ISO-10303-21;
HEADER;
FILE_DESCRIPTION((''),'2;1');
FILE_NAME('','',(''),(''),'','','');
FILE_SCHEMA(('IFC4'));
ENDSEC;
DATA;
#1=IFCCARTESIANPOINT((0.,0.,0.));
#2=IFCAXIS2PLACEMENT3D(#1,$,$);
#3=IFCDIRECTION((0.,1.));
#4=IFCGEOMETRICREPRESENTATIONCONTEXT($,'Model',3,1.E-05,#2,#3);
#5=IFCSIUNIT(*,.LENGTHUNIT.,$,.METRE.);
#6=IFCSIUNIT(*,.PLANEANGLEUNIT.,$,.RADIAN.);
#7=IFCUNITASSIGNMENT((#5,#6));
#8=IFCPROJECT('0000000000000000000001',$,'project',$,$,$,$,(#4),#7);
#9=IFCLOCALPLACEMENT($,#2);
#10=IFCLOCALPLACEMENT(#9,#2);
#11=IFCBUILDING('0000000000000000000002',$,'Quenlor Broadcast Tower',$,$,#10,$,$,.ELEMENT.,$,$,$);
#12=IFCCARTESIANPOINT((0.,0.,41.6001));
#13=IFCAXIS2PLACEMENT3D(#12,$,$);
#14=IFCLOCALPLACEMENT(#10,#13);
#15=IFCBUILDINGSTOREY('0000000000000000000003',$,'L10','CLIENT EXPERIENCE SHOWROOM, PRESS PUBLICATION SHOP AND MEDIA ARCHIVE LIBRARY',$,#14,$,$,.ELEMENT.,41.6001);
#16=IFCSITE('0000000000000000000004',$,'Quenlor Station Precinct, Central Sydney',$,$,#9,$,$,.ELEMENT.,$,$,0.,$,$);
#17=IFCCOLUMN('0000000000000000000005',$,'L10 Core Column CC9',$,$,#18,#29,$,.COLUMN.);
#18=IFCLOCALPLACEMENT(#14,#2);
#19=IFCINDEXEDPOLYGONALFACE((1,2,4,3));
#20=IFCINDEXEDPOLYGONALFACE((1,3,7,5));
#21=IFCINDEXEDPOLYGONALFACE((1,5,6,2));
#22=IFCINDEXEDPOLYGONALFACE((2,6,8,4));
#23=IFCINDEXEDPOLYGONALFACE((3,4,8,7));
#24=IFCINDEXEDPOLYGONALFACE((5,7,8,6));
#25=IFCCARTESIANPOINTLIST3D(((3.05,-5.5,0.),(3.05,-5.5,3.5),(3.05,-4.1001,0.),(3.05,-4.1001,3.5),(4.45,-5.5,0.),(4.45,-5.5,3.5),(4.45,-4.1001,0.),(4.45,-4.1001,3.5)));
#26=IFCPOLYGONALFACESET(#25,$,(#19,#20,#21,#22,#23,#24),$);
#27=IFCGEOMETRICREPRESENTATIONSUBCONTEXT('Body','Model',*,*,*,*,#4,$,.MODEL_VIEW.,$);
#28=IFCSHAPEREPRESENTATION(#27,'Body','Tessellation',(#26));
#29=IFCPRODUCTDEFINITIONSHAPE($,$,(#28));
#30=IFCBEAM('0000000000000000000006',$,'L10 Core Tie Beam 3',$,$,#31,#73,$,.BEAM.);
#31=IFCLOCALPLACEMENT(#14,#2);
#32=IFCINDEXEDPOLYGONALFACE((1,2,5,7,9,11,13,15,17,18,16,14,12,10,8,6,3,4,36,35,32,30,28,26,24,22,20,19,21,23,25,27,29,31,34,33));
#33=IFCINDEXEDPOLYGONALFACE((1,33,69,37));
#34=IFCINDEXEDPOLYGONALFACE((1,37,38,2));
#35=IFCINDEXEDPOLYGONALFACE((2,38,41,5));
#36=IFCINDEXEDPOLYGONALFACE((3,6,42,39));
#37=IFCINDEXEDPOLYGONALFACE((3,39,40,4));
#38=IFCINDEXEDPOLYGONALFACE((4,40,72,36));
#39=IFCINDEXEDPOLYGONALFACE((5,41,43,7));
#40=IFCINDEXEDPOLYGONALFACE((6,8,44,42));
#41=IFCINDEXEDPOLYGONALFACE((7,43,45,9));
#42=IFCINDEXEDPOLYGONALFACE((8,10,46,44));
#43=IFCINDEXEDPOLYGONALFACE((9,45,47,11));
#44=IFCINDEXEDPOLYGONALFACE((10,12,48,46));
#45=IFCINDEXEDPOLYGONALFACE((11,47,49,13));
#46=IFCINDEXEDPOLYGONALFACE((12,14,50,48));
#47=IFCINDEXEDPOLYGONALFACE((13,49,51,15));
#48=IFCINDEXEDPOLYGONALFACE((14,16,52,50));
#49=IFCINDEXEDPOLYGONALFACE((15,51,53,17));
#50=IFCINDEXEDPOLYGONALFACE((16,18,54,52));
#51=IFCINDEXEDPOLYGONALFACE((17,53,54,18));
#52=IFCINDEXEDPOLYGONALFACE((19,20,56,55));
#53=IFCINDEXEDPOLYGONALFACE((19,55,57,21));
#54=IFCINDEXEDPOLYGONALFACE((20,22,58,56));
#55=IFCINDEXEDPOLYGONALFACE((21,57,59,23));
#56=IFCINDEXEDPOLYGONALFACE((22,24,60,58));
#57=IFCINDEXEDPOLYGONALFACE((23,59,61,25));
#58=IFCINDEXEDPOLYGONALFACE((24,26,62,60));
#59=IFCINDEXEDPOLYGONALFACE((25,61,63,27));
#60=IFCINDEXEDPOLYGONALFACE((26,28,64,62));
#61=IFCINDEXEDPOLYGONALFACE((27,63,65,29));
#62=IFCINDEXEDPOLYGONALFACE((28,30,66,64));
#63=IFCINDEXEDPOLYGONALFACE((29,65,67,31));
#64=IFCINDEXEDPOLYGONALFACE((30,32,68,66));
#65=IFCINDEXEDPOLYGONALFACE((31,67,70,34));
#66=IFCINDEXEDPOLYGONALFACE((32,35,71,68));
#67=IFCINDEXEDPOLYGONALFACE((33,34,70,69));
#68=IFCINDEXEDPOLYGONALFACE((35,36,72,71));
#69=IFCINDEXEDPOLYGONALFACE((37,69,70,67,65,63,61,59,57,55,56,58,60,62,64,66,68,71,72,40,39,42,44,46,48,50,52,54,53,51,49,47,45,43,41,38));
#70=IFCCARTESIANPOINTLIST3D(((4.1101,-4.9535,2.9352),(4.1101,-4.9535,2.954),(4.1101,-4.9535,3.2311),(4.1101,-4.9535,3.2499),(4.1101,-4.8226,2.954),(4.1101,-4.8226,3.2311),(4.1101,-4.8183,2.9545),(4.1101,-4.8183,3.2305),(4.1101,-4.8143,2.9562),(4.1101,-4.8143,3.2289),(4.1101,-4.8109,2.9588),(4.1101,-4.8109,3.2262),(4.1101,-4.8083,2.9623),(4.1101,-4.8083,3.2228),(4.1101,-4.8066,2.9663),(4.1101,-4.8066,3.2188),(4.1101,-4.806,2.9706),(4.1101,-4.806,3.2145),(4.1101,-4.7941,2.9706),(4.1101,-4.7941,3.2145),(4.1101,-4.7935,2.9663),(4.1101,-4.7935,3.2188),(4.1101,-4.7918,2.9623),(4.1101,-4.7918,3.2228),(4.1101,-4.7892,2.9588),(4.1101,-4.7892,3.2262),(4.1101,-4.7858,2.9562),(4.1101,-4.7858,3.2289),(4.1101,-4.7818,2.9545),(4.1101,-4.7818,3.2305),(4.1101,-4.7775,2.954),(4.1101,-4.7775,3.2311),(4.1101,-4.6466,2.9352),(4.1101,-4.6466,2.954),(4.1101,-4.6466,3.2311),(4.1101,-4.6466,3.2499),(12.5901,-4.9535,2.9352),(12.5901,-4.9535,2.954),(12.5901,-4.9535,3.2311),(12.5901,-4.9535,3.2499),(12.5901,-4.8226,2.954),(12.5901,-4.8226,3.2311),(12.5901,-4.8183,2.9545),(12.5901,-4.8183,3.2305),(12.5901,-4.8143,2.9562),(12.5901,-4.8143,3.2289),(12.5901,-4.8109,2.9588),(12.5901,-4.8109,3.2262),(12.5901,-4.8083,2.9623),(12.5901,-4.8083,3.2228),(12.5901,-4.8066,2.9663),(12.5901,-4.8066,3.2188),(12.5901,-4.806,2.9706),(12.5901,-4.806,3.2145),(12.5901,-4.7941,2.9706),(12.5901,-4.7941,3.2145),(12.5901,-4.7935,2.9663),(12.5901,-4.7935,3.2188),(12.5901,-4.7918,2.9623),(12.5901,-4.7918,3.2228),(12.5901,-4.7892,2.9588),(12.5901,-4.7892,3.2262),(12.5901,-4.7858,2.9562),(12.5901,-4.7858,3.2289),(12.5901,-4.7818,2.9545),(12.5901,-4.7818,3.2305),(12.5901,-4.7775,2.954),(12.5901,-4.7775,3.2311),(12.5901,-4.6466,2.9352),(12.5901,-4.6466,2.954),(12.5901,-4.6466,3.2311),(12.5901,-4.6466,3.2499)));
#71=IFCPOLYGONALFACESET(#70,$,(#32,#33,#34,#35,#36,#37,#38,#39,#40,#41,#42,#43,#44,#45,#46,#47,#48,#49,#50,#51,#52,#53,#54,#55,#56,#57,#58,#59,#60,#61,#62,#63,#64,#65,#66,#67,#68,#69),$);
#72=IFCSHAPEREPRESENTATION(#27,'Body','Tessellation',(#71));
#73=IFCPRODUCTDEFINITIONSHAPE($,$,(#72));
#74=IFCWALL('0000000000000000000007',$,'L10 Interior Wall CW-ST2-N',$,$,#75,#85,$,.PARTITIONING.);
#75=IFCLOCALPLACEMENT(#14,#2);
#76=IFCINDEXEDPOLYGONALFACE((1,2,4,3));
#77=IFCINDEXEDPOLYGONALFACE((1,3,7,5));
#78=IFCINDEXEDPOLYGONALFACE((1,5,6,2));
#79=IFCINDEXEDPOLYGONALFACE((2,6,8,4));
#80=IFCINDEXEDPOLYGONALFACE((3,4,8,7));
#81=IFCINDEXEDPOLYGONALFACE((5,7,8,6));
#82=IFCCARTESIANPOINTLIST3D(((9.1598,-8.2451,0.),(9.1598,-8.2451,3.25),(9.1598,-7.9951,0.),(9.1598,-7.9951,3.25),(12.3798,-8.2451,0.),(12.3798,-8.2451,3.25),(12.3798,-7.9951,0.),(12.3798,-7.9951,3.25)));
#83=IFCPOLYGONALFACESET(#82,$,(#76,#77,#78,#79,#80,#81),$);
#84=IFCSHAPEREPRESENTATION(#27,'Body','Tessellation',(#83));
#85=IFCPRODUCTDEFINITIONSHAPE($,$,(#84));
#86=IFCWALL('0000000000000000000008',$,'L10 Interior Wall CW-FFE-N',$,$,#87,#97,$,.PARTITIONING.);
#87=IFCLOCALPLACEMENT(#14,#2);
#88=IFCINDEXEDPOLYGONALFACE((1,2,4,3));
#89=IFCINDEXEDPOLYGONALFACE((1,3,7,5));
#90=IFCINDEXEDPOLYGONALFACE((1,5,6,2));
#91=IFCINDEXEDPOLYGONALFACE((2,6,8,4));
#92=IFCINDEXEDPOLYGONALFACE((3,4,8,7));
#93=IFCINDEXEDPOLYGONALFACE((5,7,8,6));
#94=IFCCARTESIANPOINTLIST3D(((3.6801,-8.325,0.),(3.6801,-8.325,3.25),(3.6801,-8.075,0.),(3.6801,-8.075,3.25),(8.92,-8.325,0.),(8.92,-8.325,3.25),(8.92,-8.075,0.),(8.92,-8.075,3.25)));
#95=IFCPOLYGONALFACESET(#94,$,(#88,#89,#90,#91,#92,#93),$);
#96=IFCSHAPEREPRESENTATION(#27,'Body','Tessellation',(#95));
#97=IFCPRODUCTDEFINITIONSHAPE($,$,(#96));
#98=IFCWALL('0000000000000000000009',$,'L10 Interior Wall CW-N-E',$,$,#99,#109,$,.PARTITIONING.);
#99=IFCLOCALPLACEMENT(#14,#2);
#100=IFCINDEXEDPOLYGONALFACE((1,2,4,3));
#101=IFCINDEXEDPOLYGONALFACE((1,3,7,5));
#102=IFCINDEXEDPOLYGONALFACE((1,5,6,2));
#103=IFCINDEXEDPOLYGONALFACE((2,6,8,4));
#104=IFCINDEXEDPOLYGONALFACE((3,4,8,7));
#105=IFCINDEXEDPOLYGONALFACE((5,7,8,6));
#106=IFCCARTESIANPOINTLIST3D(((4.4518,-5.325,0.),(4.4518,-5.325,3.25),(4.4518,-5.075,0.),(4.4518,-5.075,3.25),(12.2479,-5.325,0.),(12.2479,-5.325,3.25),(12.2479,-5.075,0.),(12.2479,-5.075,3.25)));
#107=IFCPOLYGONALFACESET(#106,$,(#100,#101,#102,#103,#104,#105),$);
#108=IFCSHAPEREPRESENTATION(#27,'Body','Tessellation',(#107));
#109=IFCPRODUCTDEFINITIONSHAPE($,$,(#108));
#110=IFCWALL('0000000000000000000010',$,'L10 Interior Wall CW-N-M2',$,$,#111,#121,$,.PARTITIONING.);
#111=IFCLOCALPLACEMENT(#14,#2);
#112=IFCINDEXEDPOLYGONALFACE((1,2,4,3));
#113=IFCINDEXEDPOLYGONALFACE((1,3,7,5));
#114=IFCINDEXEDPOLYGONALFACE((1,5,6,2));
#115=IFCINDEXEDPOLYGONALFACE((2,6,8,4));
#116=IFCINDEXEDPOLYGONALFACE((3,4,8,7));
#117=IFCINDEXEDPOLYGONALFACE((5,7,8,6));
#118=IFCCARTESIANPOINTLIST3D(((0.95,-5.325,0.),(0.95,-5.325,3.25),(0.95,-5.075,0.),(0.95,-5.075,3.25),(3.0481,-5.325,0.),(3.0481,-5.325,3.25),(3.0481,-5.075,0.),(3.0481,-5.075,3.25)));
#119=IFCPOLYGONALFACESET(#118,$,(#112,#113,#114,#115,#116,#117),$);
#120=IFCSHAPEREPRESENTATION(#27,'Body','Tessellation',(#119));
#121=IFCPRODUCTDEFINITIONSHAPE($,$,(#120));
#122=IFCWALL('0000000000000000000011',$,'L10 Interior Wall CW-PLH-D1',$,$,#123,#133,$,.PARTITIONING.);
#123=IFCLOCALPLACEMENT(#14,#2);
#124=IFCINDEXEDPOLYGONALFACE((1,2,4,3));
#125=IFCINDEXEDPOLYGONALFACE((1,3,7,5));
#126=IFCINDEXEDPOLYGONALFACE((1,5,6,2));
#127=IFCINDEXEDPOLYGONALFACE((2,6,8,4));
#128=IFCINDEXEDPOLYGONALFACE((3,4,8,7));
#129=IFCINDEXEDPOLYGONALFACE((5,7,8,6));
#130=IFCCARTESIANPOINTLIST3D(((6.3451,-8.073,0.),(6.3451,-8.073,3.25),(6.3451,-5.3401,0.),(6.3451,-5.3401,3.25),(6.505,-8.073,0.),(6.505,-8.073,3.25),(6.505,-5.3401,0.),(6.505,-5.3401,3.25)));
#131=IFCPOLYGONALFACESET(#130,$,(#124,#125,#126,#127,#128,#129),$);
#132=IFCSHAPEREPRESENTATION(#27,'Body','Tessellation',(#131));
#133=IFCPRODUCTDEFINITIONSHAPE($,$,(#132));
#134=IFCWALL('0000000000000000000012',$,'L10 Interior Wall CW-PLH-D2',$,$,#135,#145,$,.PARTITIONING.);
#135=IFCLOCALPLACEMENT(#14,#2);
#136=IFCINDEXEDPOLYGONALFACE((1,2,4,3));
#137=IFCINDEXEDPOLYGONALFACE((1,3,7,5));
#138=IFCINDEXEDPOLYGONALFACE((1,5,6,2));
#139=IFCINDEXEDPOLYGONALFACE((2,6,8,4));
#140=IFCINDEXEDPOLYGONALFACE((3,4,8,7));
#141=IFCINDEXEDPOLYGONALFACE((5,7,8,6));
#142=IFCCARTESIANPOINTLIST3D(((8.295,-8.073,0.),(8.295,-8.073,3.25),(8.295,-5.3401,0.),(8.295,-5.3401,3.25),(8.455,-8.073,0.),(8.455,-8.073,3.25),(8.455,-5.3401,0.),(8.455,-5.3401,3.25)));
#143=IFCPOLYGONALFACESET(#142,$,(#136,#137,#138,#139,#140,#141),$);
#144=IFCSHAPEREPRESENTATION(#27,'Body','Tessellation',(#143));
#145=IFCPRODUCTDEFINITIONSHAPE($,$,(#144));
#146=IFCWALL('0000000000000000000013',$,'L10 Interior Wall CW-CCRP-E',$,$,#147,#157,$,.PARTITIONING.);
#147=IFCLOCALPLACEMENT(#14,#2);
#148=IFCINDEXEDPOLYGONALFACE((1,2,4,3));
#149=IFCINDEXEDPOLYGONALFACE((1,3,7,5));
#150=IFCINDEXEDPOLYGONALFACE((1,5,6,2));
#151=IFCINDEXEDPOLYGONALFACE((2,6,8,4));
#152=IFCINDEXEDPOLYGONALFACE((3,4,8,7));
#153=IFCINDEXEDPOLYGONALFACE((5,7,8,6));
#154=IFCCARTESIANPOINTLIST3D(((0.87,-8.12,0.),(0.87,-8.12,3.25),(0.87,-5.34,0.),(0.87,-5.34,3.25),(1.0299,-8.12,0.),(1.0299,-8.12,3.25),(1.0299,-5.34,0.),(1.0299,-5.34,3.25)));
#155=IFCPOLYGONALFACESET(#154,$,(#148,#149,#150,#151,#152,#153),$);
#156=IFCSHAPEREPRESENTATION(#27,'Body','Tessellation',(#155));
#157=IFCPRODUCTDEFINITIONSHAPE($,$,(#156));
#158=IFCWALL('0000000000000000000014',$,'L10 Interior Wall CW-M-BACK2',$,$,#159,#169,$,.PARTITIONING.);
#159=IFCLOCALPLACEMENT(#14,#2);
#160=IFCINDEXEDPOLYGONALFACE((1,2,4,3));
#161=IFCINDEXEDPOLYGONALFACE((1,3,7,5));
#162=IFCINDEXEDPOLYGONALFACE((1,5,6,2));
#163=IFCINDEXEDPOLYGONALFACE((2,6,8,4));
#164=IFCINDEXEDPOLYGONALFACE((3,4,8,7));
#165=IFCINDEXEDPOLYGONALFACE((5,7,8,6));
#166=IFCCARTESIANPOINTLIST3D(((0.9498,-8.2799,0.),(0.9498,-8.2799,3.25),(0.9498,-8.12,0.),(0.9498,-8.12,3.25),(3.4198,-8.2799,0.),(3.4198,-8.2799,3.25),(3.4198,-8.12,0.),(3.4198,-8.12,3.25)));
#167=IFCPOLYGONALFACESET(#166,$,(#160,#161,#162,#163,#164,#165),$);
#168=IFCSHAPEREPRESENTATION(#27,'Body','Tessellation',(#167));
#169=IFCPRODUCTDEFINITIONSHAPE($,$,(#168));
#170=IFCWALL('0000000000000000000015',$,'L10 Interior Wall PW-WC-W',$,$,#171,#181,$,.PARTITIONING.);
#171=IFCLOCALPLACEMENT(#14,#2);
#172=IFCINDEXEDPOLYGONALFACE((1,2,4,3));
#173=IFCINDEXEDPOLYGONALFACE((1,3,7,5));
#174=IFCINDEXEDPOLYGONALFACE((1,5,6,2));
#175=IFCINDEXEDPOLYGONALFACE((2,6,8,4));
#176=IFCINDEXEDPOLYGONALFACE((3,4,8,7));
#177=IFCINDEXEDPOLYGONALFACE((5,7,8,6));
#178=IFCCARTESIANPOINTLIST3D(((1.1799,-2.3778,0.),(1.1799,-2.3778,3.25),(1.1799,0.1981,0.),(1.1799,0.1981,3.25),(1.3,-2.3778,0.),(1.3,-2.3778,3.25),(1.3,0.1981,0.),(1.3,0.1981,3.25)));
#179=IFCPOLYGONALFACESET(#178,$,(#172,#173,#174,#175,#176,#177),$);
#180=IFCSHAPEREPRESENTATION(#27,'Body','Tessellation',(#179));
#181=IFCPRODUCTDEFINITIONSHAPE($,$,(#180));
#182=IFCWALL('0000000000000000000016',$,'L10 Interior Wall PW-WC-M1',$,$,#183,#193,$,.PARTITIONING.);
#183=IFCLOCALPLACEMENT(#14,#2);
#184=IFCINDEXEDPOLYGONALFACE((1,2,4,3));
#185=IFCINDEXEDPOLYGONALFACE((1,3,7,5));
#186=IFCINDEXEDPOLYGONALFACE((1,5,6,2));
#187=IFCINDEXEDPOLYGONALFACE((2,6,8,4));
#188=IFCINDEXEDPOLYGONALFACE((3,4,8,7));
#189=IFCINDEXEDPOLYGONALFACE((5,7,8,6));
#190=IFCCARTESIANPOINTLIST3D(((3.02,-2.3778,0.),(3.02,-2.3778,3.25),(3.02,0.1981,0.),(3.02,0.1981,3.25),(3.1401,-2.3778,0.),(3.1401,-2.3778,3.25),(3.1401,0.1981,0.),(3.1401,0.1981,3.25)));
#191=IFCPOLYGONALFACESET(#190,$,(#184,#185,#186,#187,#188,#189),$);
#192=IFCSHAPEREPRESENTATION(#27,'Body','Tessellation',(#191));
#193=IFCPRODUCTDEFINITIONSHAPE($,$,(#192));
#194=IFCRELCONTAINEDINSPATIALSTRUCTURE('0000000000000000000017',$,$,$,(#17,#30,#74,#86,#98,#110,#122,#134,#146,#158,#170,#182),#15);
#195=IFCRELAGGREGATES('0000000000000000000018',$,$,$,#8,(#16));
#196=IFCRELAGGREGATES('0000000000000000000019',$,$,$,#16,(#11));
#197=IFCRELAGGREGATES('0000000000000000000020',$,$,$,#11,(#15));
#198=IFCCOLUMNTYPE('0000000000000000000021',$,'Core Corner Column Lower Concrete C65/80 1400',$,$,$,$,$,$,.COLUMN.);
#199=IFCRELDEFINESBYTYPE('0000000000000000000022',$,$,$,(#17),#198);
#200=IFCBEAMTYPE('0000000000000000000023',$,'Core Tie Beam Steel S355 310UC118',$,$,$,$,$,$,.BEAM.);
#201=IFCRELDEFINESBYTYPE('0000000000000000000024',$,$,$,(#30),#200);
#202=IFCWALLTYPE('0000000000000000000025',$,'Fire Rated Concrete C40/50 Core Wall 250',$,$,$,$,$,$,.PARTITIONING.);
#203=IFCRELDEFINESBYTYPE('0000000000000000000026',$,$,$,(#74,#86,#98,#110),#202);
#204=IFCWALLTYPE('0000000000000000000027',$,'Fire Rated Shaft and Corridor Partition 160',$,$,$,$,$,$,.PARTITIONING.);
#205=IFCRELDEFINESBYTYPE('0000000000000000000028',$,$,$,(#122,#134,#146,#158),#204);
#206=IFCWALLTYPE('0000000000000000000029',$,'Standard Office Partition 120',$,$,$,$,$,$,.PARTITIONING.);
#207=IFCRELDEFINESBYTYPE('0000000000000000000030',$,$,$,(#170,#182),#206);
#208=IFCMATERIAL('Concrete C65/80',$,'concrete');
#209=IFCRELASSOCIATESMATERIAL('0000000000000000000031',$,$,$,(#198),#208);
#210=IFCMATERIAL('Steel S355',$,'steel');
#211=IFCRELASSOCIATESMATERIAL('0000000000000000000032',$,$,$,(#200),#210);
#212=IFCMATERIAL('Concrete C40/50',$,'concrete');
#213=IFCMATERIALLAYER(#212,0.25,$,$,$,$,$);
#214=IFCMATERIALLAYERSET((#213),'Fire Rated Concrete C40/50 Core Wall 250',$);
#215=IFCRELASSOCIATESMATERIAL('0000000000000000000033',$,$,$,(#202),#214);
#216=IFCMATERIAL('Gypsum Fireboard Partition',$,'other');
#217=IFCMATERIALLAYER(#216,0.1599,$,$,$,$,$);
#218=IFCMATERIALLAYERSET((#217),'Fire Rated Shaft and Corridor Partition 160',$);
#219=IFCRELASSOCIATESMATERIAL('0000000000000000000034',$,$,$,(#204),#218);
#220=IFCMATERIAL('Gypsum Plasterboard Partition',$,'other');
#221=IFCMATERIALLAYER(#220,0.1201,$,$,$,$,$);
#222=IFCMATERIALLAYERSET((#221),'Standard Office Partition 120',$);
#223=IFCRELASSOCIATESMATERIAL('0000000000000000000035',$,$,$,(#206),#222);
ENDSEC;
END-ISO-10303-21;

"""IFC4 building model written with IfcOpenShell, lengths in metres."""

from ifc_helpers import new_model, si_unit, direction, frame, frame_2d, origin, origin_2d, place, context, subcontext, project, spatial, rectangle, i_section, extrude, material, layer, layer_set, material_profile, profile_set, type_object, element, save


model = new_model("IFC4")

# Units and contexts
model_context = context("Model", 3, precision=1e-05, world=origin(), true_north=direction((0.0, 1.0)))
body_context = subcontext(model_context, "Body", "Model", "MODEL_VIEW")
ifc_project = project(units=[si_unit("LENGTHUNIT", "METRE"), si_unit("PLANEANGLEUNIT", "RADIAN")], contexts=[model_context])

# Site, building, storey
site_placement = place(None, origin())
site = spatial("IfcSite", under=ifc_project, at=site_placement, Name="Quenlor Station Precinct, Central Sydney", CompositionType="ELEMENT", RefElevation=0.0)
building_placement = place(site_placement, origin())
building = spatial("IfcBuilding", under=site, at=building_placement, Name="Quenlor Broadcast Tower", CompositionType="ELEMENT")
storey_placement = place(building_placement, frame((0.0, 0.0, 41.6001)))
storey = spatial("IfcBuildingStorey", under=building, at=storey_placement, Name="L10", Description="CLIENT EXPERIENCE SHOWROOM, PRESS PUBLICATION SHOP AND MEDIA ARCHIVE LIBRARY", CompositionType="ELEMENT", Elevation=41.6001)

# Column
ifc_material_1 = material(Name="Concrete C65/80", Category="concrete")
ifc_material_profile_1 = material_profile(ifc_material_1, rectangle(XDim=1.3999, YDim=1.3999, at=origin_2d()))
ifc_profile_set_1 = profile_set([ifc_material_profile_1], Name="Concrete C65/80 RC1400x1400")
column_type = type_object("IfcColumnType", Name="Core Corner Column Lower Concrete C65/80 1400", PredefinedType="COLUMN", material=ifc_profile_set_1)
column_placement = place(storey_placement, frame((3.75, -4.8, 0.0), z_axis=(0.0, 0.0, 1.0), x_axis=(1.0, 0.0, 0.0)))
element("IfcColumn", 1, at=column_placement, inside=storey, type_object=column_type, Name="L10 Core Column CC9", PredefinedType="COLUMN", context=body_context, shape_type="SweptSolid", body=[
    extrude(rectangle(XDim=1.3999, YDim=1.3999, at=origin_2d()), origin(), (0.0, 0.0, 1.0), 3.5),
])

# Beam
ifc_material_2 = material(Name="Steel S355", Category="steel")
ifc_material_profile_2 = material_profile(ifc_material_2, i_section(OverallWidth=0.3069, OverallDepth=0.3147, WebThickness=0.012, FlangeThickness=0.0188, FilletRadius=0.0166, at=origin_2d()))
ifc_profile_set_2 = profile_set([ifc_material_profile_2], Name="Steel S355 310UC118")
beam_type = type_object("IfcBeamType", Name="Core Tie Beam Steel S355 310UC118", PredefinedType="BEAM", material=ifc_profile_set_2)
beam_placement = place(storey_placement, frame((4.1101, -4.8, 3.0925), z_axis=(1.0, 0.0, 0.0), x_axis=(0.0, 1.0, 0.0)))
element("IfcBeam", 2, at=beam_placement, inside=storey, type_object=beam_type, Name="L10 Core Tie Beam 3", PredefinedType="BEAM", context=body_context, shape_type="SweptSolid", body=[
    extrude(i_section(OverallWidth=0.3069, OverallDepth=0.3147, WebThickness=0.012, FlangeThickness=0.0188, FilletRadius=0.0166, at=origin_2d()), origin(), (0.0, 0.0, 1.0), 8.48),
])

# Walls
ifc_material_3 = material(Name="Concrete C40/50", Category="concrete")
ifc_layer_1 = layer(ifc_material_3, 0.25)
ifc_layer_set_1 = layer_set([ifc_layer_1], Name="Fire Rated Concrete C40/50 Core Wall 250")
wall_type_1 = type_object("IfcWallType", Name="Fire Rated Concrete C40/50 Core Wall 250", PredefinedType="PARTITIONING", material=ifc_layer_set_1)
wall_1_placement = place(storey_placement, frame((9.1599, -8.1201, 0.0), z_axis=(0.0, 0.0, 1.0), x_axis=(1.0, 0.0, 0.0)))
element("IfcWall", 3, at=wall_1_placement, inside=storey, type_object=wall_type_1, Name="L10 Interior Wall CW-ST2-N", PredefinedType="PARTITIONING", context=body_context, shape_type="SweptSolid", body=[
    extrude(rectangle(XDim=3.22, YDim=0.25, at=frame_2d((1.6099, 0.0))), origin(), (0.0, 0.0, 1.0), 3.25),
])
wall_2_placement = place(storey_placement, frame((3.6799, -8.2, 0.0), z_axis=(0.0, 0.0, 1.0), x_axis=(1.0, 0.0, 0.0)))
element("IfcWall", 4, at=wall_2_placement, inside=storey, type_object=wall_type_1, Name="L10 Interior Wall CW-FFE-N", PredefinedType="PARTITIONING", context=body_context, shape_type="SweptSolid", body=[
    extrude(rectangle(XDim=5.24, YDim=0.25, at=frame_2d((2.6201, 0.0))), origin(), (0.0, 0.0, 1.0), 3.25),
])
wall_3_placement = place(storey_placement, frame((4.4519, -5.2, 0.0), z_axis=(0.0, 0.0, 1.0), x_axis=(1.0, 0.0, 0.0)))
element("IfcWall", 5, at=wall_3_placement, inside=storey, type_object=wall_type_1, Name="L10 Interior Wall CW-N-E", PredefinedType="PARTITIONING", context=body_context, shape_type="SweptSolid", body=[
    extrude(rectangle(XDim=7.7961, YDim=0.25, at=frame_2d((3.8979, 0.0))), origin(), (0.0, 0.0, 1.0), 3.25),
])
wall_4_placement = place(storey_placement, frame((0.95, -5.2, 0.0), z_axis=(0.0, 0.0, 1.0), x_axis=(1.0, 0.0, 0.0)))
element("IfcWall", 6, at=wall_4_placement, inside=storey, type_object=wall_type_1, Name="L10 Interior Wall CW-N-M2", PredefinedType="PARTITIONING", context=body_context, shape_type="SweptSolid", body=[
    extrude(rectangle(XDim=2.0981, YDim=0.25, at=frame_2d((1.0491, 0.0))), origin(), (0.0, 0.0, 1.0), 3.25),
])
ifc_material_4 = material(Name="Gypsum Fireboard Partition", Category="other")
ifc_layer_2 = layer(ifc_material_4, 0.1599)
ifc_layer_set_2 = layer_set([ifc_layer_2], Name="Fire Rated Shaft and Corridor Partition 160")
wall_type_2 = type_object("IfcWallType", Name="Fire Rated Shaft and Corridor Partition 160", PredefinedType="PARTITIONING", material=ifc_layer_set_2)
for number, where, z_axis, x_axis, name in (
    (7, (6.425, -8.073, 0.0), (0.0, 0.0, 1.0), (0.0, 1.0, 0.0), "L10 Interior Wall CW-PLH-D1"),
    (8, (8.375, -8.073, 0.0), (0.0, 0.0, 1.0), (0.0, 1.0, 0.0), "L10 Interior Wall CW-PLH-D2"),
):
    element("IfcWall", number, at=place(storey_placement, frame(where, z_axis=z_axis, x_axis=x_axis)), inside=storey, type_object=wall_type_2, Name=name, PredefinedType="PARTITIONING", context=body_context, shape_type="SweptSolid", body=[
        extrude(rectangle(XDim=2.7329, YDim=0.1599, at=frame_2d((1.3665, 0.0))), origin(), (0.0, 0.0, 1.0), 3.25),
    ])
wall_5_placement = place(storey_placement, frame((0.95, -8.1201, 0.0), z_axis=(0.0, 0.0, 1.0), x_axis=(0.0, 1.0, 0.0)))
element("IfcWall", 9, at=wall_5_placement, inside=storey, type_object=wall_type_2, Name="L10 Interior Wall CW-CCRP-E", PredefinedType="PARTITIONING", context=body_context, shape_type="SweptSolid", body=[
    extrude(rectangle(XDim=2.78, YDim=0.1599, at=frame_2d((1.3901, 0.0))), origin(), (0.0, 0.0, 1.0), 3.25),
])
wall_6_placement = place(storey_placement, frame((0.95, -8.2, 0.0), z_axis=(0.0, 0.0, 1.0), x_axis=(1.0, 0.0, 0.0)))
element("IfcWall", 10, at=wall_6_placement, inside=storey, type_object=wall_type_2, Name="L10 Interior Wall CW-M-BACK2", PredefinedType="PARTITIONING", context=body_context, shape_type="SweptSolid", body=[
    extrude(rectangle(XDim=2.47, YDim=0.1599, at=frame_2d((1.2349, 0.0))), origin(), (0.0, 0.0, 1.0), 3.25),
])

# Shared definitions
ifc_material_5 = material(Name="Gypsum Plasterboard Partition", Category="other")
ifc_layer_3 = layer(ifc_material_5, 0.1201)
ifc_layer_set_3 = layer_set([ifc_layer_3], Name="Standard Office Partition 120")
wall_type_3 = type_object("IfcWallType", Name="Standard Office Partition 120", PredefinedType="PARTITIONING", material=ifc_layer_set_3)

# Walls
for number, where, z_axis, x_axis, name in (
    (11, (1.24, -2.3779, 0.0), (0.0, 0.0, 1.0), (0.0, 1.0, 0.0), "L10 Interior Wall PW-WC-W"),
    (12, (3.0801, -2.3779, 0.0), (0.0, 0.0, 1.0), (0.0, 1.0, 0.0), "L10 Interior Wall PW-WC-M1"),
):
    element("IfcWall", number, at=place(storey_placement, frame(where, z_axis=z_axis, x_axis=x_axis)), inside=storey, type_object=wall_type_3, Name=name, PredefinedType="PARTITIONING", context=body_context, shape_type="SweptSolid", body=[
        extrude(rectangle(XDim=2.5759, YDim=0.1201, at=frame_2d((1.2881, 0.0))), origin(), (0.0, 0.0, 1.0), 3.25),
    ])

save(model, "model.ifc")
